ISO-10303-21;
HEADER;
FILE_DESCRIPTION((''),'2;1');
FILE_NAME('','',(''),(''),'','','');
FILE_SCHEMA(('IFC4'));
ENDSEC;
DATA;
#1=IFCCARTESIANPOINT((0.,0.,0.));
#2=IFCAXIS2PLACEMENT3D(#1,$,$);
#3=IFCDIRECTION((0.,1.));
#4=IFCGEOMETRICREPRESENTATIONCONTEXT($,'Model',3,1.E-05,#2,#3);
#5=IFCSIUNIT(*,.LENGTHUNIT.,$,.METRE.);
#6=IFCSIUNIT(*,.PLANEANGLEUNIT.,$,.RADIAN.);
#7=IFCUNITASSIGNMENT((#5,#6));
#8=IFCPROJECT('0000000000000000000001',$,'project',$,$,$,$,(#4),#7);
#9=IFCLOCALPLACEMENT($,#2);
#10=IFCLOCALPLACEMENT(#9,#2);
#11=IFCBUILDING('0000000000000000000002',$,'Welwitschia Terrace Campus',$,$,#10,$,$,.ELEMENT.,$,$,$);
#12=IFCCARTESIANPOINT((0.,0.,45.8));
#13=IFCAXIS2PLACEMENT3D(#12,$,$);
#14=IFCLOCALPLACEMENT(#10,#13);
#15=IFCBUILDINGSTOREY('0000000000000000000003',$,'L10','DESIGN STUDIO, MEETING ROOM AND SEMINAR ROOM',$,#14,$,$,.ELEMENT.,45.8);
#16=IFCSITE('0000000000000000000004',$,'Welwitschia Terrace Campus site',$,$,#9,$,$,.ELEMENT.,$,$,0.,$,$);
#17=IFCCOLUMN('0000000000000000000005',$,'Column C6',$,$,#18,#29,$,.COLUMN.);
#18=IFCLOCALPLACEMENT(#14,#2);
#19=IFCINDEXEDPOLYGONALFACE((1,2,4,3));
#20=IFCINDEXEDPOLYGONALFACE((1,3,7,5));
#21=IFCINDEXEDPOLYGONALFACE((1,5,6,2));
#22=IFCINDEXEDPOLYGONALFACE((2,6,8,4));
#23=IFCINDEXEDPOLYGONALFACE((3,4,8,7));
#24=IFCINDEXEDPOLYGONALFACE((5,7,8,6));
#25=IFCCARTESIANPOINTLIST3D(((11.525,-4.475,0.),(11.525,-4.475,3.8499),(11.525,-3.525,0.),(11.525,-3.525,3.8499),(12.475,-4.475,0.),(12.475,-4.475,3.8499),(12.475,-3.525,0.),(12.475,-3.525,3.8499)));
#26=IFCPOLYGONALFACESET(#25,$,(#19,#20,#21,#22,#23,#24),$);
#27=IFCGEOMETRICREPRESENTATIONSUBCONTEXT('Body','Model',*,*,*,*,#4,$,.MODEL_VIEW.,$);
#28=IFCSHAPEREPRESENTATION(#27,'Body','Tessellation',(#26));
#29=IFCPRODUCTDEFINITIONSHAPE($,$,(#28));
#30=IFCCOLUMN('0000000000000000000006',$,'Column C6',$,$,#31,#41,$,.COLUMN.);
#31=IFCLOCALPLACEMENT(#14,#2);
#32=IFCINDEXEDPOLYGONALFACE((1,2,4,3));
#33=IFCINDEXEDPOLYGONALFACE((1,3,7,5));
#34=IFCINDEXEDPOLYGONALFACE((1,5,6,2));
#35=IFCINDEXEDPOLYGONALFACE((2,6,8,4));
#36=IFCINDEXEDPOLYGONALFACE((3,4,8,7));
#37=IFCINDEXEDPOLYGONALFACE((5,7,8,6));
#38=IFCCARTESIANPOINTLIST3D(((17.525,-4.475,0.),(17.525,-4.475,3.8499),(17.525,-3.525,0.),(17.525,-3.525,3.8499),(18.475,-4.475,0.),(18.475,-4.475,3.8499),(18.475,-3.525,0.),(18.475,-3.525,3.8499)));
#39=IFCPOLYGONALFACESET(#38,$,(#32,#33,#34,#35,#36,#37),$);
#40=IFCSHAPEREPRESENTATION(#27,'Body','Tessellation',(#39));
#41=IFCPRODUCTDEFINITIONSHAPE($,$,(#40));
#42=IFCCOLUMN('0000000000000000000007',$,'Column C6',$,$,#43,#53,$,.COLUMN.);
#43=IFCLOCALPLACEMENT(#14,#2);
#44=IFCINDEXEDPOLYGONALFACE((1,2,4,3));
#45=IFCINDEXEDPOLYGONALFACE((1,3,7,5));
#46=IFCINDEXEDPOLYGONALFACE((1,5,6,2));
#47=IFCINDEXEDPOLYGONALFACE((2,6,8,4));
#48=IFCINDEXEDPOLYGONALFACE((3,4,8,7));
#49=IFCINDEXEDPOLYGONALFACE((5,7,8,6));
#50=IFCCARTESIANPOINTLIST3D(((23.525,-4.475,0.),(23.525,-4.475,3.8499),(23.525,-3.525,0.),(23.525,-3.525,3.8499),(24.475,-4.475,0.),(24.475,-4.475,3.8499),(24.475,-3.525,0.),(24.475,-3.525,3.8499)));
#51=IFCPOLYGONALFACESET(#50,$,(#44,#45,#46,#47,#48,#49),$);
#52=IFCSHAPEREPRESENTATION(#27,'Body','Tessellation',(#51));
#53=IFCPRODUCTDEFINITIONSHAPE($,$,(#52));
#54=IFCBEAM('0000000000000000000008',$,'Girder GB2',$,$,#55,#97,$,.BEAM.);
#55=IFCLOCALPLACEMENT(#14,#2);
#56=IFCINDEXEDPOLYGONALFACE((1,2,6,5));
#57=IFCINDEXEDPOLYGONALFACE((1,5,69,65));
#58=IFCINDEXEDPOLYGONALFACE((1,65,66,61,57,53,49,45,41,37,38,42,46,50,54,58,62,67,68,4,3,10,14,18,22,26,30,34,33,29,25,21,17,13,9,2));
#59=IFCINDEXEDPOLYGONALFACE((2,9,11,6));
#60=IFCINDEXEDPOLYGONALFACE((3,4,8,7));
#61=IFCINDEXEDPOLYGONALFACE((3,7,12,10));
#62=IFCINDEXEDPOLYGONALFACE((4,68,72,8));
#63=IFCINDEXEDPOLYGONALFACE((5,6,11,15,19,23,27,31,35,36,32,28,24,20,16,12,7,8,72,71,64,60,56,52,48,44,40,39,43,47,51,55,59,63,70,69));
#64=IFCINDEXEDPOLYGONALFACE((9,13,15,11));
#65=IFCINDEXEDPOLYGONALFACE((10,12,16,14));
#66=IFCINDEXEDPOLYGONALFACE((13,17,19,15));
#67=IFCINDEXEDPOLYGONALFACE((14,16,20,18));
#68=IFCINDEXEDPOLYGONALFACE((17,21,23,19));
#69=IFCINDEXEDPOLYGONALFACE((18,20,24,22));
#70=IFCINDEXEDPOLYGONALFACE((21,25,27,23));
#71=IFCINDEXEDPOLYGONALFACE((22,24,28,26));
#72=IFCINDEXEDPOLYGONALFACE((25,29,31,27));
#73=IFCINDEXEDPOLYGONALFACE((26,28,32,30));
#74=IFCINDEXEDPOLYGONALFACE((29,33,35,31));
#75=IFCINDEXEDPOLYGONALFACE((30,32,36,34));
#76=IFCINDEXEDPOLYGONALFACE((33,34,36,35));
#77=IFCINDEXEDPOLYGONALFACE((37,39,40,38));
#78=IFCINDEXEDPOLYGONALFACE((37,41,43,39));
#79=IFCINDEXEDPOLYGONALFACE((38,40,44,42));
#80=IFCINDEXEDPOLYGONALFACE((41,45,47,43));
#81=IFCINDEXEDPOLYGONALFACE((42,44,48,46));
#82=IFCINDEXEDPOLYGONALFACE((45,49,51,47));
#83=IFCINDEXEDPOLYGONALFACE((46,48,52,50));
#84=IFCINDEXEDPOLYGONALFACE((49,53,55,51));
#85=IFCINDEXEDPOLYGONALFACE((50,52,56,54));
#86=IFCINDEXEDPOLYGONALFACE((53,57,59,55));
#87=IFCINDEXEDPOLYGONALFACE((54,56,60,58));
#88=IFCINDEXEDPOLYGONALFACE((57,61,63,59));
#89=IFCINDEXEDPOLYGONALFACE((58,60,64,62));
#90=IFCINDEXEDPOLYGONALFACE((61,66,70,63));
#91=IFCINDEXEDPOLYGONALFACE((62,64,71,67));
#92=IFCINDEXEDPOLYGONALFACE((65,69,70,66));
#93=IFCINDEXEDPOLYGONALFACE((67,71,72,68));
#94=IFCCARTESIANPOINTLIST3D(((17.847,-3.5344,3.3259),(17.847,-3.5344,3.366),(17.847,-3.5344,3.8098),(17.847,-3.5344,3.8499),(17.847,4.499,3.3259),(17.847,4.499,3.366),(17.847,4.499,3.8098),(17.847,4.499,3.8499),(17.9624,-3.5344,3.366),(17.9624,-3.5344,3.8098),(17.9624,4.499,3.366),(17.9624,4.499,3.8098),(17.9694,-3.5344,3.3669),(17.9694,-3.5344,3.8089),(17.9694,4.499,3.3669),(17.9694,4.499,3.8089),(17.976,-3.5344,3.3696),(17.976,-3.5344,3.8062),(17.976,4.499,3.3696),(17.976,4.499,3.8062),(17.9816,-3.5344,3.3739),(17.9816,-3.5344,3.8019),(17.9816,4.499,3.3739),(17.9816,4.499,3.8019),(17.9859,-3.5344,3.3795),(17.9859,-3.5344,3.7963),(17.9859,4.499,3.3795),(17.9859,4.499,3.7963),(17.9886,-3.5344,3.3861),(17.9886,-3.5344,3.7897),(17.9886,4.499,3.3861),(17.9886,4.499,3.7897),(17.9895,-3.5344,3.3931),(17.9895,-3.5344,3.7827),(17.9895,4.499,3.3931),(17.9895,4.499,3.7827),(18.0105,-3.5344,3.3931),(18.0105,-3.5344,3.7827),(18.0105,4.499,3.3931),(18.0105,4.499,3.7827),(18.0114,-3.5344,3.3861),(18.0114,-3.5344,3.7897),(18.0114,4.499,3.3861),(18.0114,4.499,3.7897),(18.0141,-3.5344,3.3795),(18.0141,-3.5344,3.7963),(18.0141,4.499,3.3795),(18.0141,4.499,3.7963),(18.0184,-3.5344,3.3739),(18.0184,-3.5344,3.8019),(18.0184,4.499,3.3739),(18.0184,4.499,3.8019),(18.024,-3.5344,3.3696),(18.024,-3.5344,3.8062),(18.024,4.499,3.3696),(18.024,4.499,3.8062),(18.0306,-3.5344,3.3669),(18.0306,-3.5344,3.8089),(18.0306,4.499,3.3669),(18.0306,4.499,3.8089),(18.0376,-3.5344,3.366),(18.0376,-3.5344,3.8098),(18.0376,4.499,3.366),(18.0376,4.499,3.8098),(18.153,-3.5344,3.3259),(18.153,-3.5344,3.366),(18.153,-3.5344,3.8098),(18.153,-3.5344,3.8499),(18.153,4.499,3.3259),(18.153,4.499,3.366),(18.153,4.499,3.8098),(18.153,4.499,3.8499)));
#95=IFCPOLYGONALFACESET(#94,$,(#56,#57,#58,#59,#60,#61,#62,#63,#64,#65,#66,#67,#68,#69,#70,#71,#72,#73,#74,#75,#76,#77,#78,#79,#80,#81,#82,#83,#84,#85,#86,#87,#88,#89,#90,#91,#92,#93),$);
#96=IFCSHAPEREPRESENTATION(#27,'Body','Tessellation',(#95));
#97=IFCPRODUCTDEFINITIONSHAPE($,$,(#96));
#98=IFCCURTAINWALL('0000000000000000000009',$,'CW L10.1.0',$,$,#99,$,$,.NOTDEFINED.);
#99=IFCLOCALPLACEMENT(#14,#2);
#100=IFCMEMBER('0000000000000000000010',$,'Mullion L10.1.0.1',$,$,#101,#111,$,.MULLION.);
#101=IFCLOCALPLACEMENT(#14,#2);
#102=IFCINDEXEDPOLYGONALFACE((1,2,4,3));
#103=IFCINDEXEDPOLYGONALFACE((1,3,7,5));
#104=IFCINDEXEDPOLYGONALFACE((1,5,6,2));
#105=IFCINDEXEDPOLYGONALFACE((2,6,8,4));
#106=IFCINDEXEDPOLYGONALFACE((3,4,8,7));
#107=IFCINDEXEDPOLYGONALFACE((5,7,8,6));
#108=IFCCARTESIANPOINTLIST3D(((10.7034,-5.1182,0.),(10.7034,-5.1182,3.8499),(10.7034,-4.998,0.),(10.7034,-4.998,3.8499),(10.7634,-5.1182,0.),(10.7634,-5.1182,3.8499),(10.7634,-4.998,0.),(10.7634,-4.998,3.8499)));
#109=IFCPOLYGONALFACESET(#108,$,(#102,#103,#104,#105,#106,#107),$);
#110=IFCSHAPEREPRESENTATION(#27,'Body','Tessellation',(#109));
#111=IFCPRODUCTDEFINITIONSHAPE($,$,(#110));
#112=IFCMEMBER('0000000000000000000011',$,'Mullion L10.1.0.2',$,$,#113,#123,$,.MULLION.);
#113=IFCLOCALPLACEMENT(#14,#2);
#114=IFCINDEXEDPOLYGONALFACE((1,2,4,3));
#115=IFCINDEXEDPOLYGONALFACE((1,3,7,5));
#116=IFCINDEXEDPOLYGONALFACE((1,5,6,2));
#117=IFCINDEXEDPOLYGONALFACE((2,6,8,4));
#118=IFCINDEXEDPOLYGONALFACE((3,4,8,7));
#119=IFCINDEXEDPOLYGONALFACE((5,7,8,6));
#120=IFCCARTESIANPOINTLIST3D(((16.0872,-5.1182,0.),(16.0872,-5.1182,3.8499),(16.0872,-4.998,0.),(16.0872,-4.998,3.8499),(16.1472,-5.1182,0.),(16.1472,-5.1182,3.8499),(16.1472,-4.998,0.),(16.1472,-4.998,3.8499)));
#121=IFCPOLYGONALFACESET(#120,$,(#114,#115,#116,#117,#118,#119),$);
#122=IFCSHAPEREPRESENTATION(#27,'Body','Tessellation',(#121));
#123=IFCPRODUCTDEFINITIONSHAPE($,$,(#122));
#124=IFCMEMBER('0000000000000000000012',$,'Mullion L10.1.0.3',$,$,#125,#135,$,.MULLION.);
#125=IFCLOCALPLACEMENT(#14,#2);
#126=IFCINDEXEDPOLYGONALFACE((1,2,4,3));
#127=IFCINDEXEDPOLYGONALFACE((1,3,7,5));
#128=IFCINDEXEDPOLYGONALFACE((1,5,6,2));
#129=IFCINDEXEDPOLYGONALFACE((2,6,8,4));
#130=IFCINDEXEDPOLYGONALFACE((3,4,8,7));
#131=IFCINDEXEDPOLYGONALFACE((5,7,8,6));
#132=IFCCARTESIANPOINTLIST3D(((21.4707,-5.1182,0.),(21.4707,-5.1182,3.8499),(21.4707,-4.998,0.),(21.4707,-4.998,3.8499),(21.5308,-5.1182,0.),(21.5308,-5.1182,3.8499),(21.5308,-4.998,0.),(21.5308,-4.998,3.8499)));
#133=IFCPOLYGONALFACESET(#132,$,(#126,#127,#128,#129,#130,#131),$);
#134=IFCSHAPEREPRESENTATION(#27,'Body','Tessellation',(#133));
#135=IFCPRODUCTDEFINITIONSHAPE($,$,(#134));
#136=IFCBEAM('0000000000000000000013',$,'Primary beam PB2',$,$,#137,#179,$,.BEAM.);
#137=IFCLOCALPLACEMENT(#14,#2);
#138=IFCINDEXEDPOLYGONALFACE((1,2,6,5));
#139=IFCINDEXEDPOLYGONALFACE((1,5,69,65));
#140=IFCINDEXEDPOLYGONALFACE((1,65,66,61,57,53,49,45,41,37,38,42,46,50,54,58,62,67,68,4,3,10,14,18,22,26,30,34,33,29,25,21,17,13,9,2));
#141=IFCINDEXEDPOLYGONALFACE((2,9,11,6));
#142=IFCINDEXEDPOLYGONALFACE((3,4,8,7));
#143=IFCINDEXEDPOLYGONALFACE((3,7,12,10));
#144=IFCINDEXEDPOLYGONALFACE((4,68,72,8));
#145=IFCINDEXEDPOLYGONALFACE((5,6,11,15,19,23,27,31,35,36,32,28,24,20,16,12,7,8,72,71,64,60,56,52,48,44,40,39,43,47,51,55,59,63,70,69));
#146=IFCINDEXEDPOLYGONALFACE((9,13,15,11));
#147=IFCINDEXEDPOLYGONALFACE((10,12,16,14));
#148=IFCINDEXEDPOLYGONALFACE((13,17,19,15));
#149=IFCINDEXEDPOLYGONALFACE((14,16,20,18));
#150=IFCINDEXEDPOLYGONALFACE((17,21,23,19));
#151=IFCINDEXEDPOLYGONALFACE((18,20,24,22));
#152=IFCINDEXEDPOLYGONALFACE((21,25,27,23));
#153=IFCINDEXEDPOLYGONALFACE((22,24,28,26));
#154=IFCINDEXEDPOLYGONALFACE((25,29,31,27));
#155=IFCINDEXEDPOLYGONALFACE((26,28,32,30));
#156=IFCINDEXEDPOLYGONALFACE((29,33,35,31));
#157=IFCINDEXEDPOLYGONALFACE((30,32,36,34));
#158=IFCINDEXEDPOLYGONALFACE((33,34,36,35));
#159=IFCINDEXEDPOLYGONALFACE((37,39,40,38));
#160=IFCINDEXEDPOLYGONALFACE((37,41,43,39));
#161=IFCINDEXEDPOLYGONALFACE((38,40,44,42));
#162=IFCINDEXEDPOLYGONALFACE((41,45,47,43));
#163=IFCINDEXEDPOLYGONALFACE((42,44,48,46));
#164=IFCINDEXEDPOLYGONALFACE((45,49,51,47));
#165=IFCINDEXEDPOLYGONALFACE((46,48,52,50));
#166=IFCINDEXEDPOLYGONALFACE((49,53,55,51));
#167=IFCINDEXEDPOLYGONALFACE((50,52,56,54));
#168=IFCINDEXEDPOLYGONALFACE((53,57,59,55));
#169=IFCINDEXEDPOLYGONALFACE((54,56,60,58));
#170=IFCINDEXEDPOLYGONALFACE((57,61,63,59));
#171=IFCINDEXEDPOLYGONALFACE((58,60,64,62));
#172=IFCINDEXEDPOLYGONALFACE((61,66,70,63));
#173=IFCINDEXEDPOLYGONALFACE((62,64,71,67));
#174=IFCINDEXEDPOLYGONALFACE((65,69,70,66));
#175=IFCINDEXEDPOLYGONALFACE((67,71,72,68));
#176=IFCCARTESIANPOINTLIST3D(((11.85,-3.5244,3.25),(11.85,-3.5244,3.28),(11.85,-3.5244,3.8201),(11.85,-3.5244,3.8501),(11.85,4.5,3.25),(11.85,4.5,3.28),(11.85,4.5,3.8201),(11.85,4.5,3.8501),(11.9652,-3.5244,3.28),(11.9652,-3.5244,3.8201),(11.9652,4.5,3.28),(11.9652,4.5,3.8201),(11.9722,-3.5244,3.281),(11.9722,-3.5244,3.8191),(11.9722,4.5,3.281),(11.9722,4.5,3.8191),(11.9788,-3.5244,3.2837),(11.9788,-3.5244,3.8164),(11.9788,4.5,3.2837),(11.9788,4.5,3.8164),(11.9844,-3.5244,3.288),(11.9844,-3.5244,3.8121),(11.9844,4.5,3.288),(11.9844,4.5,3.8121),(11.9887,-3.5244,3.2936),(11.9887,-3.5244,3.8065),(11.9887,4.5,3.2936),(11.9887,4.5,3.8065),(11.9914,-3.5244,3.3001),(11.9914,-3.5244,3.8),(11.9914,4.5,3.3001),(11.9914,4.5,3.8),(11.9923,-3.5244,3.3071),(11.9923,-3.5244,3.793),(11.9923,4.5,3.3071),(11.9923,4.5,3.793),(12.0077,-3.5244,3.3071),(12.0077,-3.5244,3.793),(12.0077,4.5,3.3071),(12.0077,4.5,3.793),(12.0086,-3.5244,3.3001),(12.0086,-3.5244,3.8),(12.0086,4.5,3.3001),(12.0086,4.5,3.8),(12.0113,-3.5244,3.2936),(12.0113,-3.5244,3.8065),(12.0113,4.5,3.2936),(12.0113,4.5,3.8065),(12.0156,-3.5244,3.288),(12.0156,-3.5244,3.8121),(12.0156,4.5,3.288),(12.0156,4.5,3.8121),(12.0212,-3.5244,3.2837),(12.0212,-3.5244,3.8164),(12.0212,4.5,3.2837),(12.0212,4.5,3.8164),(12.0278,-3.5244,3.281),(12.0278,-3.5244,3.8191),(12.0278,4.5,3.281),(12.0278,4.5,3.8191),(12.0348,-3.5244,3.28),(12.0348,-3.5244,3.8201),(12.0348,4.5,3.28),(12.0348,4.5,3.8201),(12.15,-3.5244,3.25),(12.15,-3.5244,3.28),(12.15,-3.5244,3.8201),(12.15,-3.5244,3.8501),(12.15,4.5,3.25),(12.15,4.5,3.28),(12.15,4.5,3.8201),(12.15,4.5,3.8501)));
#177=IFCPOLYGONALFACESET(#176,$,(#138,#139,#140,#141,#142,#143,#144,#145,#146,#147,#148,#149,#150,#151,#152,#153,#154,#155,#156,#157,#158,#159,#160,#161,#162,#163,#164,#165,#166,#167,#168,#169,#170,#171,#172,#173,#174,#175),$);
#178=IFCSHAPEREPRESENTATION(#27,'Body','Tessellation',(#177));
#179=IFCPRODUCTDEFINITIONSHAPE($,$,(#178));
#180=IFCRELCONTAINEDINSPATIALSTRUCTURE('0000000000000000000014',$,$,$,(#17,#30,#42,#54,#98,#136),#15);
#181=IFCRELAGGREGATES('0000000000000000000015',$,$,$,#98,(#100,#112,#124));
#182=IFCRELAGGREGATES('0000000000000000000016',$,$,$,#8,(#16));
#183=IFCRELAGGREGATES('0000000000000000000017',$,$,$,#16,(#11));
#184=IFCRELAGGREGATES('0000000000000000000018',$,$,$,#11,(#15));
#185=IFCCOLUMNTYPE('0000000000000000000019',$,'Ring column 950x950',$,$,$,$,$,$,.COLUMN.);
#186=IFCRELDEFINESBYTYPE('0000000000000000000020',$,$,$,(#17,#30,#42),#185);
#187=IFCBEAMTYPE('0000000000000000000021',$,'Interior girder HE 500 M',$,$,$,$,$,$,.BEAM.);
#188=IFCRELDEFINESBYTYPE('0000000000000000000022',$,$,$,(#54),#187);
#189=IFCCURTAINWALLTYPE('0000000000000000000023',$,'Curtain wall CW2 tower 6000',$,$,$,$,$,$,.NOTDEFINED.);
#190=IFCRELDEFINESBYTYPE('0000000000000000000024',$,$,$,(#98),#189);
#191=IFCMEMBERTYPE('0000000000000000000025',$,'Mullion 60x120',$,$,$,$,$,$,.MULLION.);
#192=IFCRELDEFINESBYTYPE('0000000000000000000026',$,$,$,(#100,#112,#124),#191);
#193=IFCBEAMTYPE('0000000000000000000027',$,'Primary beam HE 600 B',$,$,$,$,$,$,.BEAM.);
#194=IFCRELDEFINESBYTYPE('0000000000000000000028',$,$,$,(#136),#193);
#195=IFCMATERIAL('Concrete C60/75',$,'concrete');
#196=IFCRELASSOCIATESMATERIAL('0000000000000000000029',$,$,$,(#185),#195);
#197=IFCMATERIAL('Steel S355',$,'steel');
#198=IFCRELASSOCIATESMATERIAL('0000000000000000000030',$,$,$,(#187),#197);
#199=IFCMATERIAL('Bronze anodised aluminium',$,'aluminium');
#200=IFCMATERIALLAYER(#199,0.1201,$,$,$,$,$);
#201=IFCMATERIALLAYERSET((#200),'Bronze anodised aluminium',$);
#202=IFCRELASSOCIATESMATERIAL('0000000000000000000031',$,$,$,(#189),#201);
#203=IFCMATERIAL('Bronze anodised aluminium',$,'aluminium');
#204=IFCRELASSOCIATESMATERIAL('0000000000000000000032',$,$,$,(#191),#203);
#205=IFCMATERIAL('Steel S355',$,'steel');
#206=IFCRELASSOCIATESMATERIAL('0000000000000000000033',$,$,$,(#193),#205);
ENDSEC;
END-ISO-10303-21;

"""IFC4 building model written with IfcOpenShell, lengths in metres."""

from ifc_helpers import new_model, si_unit, direction, frame, origin, origin_2d, place, context, subcontext, project, spatial, rectangle, i_section, extrude, material, layer, layer_set, material_profile, profile_set, type_object, element, aggregate, save


model = new_model("IFC4")

# Units and contexts
model_context = context("Model", 3, precision=1e-05, world=origin(), true_north=direction((0.0, 1.0)))
body_context = subcontext(model_context, "Body", "Model", "MODEL_VIEW")
ifc_project = project(units=[si_unit("LENGTHUNIT", "METRE"), si_unit("PLANEANGLEUNIT", "RADIAN")], contexts=[model_context])

# Site, building, storey
site_placement = place(None, origin())
site = spatial("IfcSite", under=ifc_project, at=site_placement, Name="Welwitschia Terrace Campus site", CompositionType="ELEMENT", RefElevation=0.0)
building_placement = place(site_placement, origin())
building = spatial("IfcBuilding", under=site, at=building_placement, Name="Welwitschia Terrace Campus", CompositionType="ELEMENT")
storey_placement = place(building_placement, frame((0.0, 0.0, 45.8)))
storey = spatial("IfcBuildingStorey", under=building, at=storey_placement, Name="L10", Description="DESIGN STUDIO, MEETING ROOM AND SEMINAR ROOM", CompositionType="ELEMENT", Elevation=45.8)

# Columns
ifc_material_1 = material(Name="Concrete C60/75", Category="concrete")
ifc_material_profile_1 = material_profile(ifc_material_1, rectangle(XDim=0.95, YDim=0.95, at=origin_2d()))
ifc_profile_set_1 = profile_set([ifc_material_profile_1], Name="Concrete C60/75")
column_type = type_object("IfcColumnType", Name="Ring column 950x950", PredefinedType="COLUMN", material=ifc_profile_set_1)
for number, where, z_axis, x_axis, name in (
    (1, (12.0, -4.0, 0.0), (0.0, 0.0, 1.0), (1.0, 0.0, 0.0), "Column C6"),
    (2, (18.0, -4.0, 0.0), (0.0, 0.0, 1.0), (1.0, 0.0, 0.0), "Column C6"),
    (3, (24.0, -4.0, 0.0), (0.0, 0.0, 1.0), (1.0, 0.0, 0.0), "Column C6"),
):
    element("IfcColumn", number, at=place(storey_placement, frame(where, z_axis=z_axis, x_axis=x_axis)), inside=storey, type_object=column_type, Name=name, PredefinedType="COLUMN", context=body_context, shape_type="SweptSolid", body=[
        extrude(rectangle(XDim=0.95, YDim=0.95, at=origin_2d()), origin(), (0.0, 0.0, 1.0), 3.8499),
    ])

# Beam
ifc_material_2 = material(Name="Steel S355", Category="steel")
ifc_material_profile_2 = material_profile(ifc_material_2, i_section(OverallWidth=0.3059, OverallDepth=0.5239, WebThickness=0.021, FlangeThickness=0.04, FilletRadius=0.0271, at=origin_2d()))
ifc_profile_set_2 = profile_set([ifc_material_profile_2], Name="Steel S355")
beam_type_1 = type_object("IfcBeamType", Name="Interior girder HE 500 M", PredefinedType="BEAM", material=ifc_profile_set_2)
beam_placement = place(storey_placement, frame((18.0, -3.5344, 3.5879), z_axis=(0.0, 1.0, 0.0), x_axis=(-1.0, 0.0, 0.0)))
element("IfcBeam", 4, at=beam_placement, inside=storey, type_object=beam_type_1, Name="Girder GB2", PredefinedType="BEAM", context=body_context, shape_type="SweptSolid", body=[
    extrude(i_section(OverallWidth=0.3059, OverallDepth=0.5239, WebThickness=0.021, FlangeThickness=0.04, FilletRadius=0.0271, at=origin_2d()), origin(), (0.0, 0.0, 1.0), 8.0334),
])

# Curtain wall, members
ifc_material_3 = material(Name="Bronze anodised aluminium", Category="aluminium")
ifc_layer_1 = layer(ifc_material_3, 0.1201)
ifc_layer_set_1 = layer_set([ifc_layer_1], Name="Bronze anodised aluminium")
curtain_wall_type = type_object("IfcCurtainWallType", Name="Curtain wall CW2 tower 6000", PredefinedType="NOTDEFINED", material=ifc_layer_set_1)
curtain_wall_placement = place(storey_placement, origin())
curtain_wall = element("IfcCurtainWall", 5, at=curtain_wall_placement, inside=storey, type_object=curtain_wall_type, Name="CW L10.1.0", PredefinedType="NOTDEFINED")
ifc_material_4 = material(Name="Bronze anodised aluminium", Category="aluminium")
ifc_material_profile_3 = material_profile(ifc_material_4, rectangle(XDim=0.1201, YDim=0.0601, at=origin_2d()))
ifc_profile_set_3 = profile_set([ifc_material_profile_3], Name="Bronze anodised aluminium")
member_type = type_object("IfcMemberType", Name="Mullion 60x120", PredefinedType="MULLION", material=ifc_profile_set_3)
member_1_placement = place(storey_placement, frame((10.7334, -5.0581, 0.0), z_axis=(0.0, 0.0, 1.0), x_axis=(0.0, 1.0, 0.0)))
member_1 = element("IfcMember", 6, at=member_1_placement, type_object=member_type, Name="Mullion L10.1.0.1", PredefinedType="MULLION", context=body_context, shape_type="SweptSolid", body=[
    extrude(rectangle(XDim=0.1201, YDim=0.0601, at=origin_2d()), origin(), (0.0, 0.0, 1.0), 3.8499),
])
member_2_placement = place(storey_placement, frame((16.1172, -5.0581, 0.0), z_axis=(0.0, 0.0, 1.0), x_axis=(0.0, 1.0, 0.0)))
member_2 = element("IfcMember", 7, at=member_2_placement, type_object=member_type, Name="Mullion L10.1.0.2", PredefinedType="MULLION", context=body_context, shape_type="SweptSolid", body=[
    extrude(rectangle(XDim=0.1201, YDim=0.0601, at=origin_2d()), origin(), (0.0, 0.0, 1.0), 3.8499),
])
member_3_placement = place(storey_placement, frame((21.5007, -5.0581, 0.0), z_axis=(0.0, 0.0, 1.0), x_axis=(0.0, 1.0, 0.0)))
member_3 = element("IfcMember", 8, at=member_3_placement, type_object=member_type, Name="Mullion L10.1.0.3", PredefinedType="MULLION", context=body_context, shape_type="SweptSolid", body=[
    extrude(rectangle(XDim=0.1201, YDim=0.0601, at=origin_2d()), origin(), (0.0, 0.0, 1.0), 3.8499),
])

# Beam
ifc_material_5 = material(Name="Steel S355", Category="steel")
ifc_material_profile_4 = material_profile(ifc_material_5, i_section(OverallWidth=0.3, OverallDepth=0.6001, WebThickness=0.0154, FlangeThickness=0.03, FilletRadius=0.0271, at=origin_2d()))
ifc_profile_set_4 = profile_set([ifc_material_profile_4], Name="Steel S355")
beam_type_2 = type_object("IfcBeamType", Name="Primary beam HE 600 B", PredefinedType="BEAM", material=ifc_profile_set_4)
for number, where, z_axis, x_axis, name in (
    (9, (12.0, -3.5244, 3.55), (0.0, 1.0, 0.0), (-1.0, 0.0, 0.0), "Primary beam PB2"),
):
    element("IfcBeam", number, at=place(storey_placement, frame(where, z_axis=z_axis, x_axis=x_axis)), inside=storey, type_object=beam_type_2, Name=name, PredefinedType="BEAM", context=body_context, shape_type="SweptSolid", body=[
        extrude(i_section(OverallWidth=0.3, OverallDepth=0.6001, WebThickness=0.0154, FlangeThickness=0.03, FilletRadius=0.0271, at=origin_2d()), origin(), (0.0, 0.0, 1.0), 8.0244),
    ])

aggregate(curtain_wall, [member_1, member_2, member_3])

save(model, "model.ifc")
